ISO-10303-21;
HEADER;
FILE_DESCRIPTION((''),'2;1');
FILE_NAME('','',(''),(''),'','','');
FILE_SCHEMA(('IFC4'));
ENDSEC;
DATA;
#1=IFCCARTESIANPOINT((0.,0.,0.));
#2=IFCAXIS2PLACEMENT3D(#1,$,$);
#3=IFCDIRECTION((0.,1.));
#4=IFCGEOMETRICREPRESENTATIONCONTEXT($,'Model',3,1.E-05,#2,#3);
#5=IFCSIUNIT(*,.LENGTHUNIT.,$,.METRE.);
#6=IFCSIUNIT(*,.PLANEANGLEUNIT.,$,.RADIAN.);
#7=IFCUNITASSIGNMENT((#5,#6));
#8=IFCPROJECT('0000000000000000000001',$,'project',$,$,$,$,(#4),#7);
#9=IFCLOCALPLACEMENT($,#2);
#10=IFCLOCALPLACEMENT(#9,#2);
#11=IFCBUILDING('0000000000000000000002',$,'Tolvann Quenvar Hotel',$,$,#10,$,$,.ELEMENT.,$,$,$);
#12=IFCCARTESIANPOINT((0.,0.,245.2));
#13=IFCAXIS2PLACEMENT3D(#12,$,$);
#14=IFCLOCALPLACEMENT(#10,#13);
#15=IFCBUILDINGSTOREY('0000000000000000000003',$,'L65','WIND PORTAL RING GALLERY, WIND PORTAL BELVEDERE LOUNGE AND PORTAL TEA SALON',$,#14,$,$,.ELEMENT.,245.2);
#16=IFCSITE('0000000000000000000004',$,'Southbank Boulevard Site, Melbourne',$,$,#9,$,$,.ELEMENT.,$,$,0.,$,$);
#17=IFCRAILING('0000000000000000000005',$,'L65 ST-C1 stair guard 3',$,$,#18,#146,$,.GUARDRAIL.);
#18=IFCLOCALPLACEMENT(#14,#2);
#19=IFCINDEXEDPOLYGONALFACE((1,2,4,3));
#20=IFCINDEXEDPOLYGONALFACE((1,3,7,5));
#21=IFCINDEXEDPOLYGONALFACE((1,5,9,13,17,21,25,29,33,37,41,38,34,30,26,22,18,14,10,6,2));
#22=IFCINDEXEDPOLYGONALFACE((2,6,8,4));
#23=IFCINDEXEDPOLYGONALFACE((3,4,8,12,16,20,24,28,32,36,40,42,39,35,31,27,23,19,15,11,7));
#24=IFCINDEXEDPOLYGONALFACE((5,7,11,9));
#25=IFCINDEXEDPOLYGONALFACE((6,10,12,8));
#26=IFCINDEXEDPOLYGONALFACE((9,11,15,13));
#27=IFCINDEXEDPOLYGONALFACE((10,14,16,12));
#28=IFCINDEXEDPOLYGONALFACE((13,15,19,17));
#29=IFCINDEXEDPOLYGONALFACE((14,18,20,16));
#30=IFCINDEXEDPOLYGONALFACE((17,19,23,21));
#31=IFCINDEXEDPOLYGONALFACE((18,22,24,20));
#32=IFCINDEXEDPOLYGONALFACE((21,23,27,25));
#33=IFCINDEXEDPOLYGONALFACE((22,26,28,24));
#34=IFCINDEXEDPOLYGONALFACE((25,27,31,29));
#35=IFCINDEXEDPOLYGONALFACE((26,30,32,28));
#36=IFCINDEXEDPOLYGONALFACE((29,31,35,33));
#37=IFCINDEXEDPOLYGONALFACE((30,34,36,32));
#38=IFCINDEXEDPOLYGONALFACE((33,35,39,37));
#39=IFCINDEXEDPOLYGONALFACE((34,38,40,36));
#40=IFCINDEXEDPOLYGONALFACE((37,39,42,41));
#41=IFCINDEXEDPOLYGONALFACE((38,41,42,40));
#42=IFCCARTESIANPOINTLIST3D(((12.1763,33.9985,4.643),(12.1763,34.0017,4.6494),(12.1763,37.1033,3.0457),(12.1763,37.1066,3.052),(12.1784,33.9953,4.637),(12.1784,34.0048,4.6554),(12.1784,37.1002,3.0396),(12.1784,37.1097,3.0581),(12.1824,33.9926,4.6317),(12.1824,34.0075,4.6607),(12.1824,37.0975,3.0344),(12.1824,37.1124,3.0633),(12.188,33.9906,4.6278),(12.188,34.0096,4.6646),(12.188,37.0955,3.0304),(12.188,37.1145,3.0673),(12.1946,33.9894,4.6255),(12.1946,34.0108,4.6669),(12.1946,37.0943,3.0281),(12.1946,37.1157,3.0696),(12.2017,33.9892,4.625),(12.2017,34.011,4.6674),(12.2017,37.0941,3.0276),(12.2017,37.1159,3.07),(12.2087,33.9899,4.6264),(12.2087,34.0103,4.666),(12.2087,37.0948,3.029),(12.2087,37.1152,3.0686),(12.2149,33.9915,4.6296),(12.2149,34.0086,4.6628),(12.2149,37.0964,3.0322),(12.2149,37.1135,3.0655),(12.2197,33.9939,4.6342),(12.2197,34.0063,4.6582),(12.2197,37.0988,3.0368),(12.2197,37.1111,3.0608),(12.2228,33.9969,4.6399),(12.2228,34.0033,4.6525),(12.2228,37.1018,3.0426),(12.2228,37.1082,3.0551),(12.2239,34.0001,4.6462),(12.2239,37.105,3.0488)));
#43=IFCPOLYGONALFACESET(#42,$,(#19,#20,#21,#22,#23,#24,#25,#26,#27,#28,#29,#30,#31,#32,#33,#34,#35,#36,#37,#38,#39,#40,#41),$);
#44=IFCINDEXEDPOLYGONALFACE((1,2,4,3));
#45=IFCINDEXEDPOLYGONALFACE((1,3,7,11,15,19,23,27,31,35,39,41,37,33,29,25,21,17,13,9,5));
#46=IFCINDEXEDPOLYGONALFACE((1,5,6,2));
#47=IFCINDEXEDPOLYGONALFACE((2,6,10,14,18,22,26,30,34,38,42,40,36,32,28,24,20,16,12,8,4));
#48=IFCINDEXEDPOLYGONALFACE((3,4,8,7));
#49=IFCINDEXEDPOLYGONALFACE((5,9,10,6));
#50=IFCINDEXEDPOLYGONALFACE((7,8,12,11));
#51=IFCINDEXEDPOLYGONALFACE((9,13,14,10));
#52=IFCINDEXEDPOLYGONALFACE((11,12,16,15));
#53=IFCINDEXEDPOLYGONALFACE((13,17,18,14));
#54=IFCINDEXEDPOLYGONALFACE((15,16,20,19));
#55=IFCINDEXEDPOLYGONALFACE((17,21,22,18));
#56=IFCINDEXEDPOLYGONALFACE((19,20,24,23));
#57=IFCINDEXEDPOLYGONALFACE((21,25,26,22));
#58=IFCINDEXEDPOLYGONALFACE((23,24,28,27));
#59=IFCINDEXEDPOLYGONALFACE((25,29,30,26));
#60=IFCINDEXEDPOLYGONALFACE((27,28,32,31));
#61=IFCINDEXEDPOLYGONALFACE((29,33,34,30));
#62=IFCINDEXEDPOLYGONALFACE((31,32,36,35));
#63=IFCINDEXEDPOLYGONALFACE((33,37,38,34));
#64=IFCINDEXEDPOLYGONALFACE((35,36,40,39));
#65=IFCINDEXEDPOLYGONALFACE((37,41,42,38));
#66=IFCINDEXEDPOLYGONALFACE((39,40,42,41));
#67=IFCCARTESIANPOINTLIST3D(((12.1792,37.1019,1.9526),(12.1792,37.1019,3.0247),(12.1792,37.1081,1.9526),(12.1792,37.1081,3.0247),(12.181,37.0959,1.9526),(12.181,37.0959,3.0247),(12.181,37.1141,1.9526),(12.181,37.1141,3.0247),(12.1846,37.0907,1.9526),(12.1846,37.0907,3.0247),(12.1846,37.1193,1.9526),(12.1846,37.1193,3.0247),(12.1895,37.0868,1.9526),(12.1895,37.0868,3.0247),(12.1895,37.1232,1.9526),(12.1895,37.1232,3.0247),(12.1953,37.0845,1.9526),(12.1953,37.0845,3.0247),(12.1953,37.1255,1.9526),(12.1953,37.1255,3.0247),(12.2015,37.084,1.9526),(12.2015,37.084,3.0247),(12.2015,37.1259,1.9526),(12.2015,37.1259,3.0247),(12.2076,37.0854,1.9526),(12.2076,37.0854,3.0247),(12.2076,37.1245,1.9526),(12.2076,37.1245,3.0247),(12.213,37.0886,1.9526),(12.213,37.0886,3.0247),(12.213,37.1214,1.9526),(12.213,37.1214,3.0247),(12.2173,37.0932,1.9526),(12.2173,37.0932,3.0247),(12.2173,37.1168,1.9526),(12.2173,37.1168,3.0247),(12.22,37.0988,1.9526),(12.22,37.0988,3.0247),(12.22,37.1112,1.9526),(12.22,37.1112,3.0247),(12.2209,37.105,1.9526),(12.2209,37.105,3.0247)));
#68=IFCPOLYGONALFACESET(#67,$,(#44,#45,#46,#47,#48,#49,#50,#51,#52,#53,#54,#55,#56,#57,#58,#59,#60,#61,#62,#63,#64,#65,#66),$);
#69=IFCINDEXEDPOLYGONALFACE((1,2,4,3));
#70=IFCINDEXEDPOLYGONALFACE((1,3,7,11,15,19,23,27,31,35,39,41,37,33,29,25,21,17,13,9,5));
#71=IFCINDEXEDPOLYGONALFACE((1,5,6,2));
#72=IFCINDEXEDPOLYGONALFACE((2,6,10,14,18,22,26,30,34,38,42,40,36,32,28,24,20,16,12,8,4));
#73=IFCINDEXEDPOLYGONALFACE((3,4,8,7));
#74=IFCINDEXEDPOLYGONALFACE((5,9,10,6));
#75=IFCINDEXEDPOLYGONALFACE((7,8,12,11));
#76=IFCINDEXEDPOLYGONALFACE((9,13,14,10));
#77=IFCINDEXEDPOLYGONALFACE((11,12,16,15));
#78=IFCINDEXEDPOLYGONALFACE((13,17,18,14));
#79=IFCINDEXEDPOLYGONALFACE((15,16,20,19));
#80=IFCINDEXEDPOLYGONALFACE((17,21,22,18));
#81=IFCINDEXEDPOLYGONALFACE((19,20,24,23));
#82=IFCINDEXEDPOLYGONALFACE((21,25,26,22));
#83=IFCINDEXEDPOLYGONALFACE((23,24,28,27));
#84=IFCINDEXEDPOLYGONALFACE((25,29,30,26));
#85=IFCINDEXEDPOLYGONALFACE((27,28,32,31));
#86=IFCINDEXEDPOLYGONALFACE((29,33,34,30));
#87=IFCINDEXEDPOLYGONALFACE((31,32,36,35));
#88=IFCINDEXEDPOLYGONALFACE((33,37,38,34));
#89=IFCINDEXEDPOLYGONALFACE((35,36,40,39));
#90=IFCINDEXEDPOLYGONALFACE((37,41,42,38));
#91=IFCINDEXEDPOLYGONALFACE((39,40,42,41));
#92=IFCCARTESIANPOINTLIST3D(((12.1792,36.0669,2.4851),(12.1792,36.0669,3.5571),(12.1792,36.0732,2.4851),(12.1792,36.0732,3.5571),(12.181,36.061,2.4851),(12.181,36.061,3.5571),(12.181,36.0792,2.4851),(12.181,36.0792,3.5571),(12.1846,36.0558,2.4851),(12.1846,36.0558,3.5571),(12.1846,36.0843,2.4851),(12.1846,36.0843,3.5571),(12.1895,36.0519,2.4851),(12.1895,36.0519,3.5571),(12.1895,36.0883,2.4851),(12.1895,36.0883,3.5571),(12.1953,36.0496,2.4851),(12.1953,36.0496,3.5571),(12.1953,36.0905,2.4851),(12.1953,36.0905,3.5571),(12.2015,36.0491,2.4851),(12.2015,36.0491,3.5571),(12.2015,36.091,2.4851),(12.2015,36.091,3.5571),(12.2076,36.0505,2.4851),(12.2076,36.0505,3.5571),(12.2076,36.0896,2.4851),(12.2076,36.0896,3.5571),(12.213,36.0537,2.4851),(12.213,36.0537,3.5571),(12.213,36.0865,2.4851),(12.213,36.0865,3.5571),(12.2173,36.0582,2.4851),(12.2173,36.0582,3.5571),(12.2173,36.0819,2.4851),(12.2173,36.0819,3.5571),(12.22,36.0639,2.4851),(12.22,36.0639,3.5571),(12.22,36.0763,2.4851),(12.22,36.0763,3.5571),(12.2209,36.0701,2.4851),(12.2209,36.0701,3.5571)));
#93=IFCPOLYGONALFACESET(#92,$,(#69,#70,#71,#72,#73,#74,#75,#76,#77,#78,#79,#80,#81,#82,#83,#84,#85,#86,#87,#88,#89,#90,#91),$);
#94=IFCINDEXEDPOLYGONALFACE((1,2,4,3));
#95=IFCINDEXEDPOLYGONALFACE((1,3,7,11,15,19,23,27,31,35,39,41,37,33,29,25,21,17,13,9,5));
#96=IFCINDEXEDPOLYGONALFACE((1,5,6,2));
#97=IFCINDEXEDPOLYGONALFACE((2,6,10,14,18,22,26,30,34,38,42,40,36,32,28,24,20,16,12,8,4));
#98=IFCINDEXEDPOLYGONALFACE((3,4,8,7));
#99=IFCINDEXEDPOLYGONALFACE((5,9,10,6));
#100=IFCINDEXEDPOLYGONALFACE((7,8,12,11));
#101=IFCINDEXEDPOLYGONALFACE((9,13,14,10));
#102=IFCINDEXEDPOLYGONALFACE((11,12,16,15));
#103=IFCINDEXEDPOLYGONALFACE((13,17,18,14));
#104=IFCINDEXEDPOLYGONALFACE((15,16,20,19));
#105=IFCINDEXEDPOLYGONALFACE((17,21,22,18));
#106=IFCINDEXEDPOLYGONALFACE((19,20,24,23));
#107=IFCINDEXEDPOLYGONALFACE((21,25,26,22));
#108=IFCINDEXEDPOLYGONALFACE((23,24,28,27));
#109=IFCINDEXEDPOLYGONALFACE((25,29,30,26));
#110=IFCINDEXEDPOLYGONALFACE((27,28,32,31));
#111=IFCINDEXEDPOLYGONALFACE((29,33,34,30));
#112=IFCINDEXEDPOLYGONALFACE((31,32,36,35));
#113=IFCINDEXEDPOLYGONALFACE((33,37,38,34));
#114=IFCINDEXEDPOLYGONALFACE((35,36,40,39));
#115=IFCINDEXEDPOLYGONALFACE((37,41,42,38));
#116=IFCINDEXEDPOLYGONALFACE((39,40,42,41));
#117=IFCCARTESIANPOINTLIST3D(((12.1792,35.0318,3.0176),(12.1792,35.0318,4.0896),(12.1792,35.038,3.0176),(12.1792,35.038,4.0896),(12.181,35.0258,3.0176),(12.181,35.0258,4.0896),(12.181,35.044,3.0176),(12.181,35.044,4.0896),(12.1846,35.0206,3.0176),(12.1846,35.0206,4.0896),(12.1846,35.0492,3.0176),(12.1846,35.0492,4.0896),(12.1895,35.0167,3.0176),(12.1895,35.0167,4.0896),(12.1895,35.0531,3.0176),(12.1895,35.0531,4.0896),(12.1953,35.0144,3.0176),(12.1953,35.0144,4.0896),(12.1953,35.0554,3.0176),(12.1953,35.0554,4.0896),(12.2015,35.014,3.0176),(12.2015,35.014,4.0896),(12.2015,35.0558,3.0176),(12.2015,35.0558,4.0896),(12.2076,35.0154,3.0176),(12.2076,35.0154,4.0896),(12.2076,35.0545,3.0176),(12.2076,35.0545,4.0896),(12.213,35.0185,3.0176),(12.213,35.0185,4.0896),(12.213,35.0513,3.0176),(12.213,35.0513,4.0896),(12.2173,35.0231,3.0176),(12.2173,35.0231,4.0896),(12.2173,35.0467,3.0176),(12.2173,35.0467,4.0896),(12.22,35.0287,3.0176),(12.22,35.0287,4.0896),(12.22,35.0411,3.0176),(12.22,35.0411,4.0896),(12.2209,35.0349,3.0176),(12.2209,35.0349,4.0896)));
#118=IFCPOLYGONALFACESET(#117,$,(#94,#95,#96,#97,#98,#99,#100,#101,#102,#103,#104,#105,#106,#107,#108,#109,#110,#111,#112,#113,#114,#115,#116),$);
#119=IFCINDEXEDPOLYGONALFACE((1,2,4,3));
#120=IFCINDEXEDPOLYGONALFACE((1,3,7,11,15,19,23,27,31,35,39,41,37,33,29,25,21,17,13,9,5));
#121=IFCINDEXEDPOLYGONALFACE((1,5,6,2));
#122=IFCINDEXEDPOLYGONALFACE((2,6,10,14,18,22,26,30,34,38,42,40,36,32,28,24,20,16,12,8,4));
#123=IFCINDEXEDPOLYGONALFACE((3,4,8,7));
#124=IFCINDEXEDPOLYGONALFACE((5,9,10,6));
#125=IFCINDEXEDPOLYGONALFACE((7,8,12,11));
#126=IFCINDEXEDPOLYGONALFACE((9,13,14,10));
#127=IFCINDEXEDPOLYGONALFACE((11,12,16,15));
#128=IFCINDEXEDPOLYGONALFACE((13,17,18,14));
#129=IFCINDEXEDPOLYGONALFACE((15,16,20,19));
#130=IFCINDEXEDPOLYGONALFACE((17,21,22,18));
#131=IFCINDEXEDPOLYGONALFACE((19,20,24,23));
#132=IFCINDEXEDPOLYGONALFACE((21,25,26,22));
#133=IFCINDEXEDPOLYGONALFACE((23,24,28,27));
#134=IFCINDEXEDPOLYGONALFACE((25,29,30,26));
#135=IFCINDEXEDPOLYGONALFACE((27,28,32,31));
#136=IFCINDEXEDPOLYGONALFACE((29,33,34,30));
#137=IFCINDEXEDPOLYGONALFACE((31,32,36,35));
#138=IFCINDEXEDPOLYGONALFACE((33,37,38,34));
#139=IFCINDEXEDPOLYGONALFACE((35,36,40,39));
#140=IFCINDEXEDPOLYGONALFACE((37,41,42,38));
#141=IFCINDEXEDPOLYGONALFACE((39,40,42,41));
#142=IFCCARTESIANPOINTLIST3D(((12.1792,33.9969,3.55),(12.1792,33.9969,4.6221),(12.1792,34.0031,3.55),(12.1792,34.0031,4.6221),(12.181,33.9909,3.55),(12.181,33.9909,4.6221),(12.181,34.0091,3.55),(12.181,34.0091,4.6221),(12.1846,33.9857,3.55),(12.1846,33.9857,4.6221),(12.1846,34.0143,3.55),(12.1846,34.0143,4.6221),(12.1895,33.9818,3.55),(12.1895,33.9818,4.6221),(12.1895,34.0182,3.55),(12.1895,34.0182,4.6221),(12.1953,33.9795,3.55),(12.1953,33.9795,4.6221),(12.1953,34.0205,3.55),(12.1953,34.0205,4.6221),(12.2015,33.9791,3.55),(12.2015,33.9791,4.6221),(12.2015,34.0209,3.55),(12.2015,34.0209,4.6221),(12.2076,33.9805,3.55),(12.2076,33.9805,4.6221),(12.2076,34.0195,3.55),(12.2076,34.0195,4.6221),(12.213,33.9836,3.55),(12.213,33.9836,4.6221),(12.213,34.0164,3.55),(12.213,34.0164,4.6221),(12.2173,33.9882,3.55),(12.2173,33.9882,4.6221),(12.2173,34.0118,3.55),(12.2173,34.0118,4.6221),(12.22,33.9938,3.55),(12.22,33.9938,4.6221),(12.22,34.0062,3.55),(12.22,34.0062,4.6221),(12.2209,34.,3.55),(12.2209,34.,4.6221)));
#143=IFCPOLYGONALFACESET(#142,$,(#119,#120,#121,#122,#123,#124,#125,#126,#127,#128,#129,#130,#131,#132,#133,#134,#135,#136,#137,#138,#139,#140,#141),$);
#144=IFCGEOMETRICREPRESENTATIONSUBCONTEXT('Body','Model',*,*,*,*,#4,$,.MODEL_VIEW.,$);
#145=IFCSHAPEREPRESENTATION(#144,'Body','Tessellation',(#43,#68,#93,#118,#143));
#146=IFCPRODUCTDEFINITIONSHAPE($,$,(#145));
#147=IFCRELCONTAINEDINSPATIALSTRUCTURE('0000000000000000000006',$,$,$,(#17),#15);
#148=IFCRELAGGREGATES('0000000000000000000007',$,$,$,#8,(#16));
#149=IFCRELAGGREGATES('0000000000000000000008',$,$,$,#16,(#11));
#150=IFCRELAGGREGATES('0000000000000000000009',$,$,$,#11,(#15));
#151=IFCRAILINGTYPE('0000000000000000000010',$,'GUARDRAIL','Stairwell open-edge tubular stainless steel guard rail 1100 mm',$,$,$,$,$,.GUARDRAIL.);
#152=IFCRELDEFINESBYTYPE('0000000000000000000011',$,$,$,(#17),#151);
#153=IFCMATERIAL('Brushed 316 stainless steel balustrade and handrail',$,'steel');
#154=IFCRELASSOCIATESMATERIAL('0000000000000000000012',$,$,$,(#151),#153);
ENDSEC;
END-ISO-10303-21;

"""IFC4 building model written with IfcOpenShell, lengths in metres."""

from ifc_helpers import new_model, si_unit, direction, frame, origin, origin_2d, place, context, subcontext, project, spatial, circle, extrude, material, type_object, element, save


model = new_model("IFC4")

# Units and contexts
model_context = context("Model", 3, precision=1e-05, world=origin(), true_north=direction((0.0, 1.0)))
body_context = subcontext(model_context, "Body", "Model", "MODEL_VIEW")
ifc_project = project(units=[si_unit("LENGTHUNIT", "METRE"), si_unit("PLANEANGLEUNIT", "RADIAN")], contexts=[model_context])

# Site, building, storey
site_placement = place(None, origin())
site = spatial("IfcSite", under=ifc_project, at=site_placement, Name="Southbank Boulevard Site, Melbourne", CompositionType="ELEMENT", RefElevation=0.0)
building_placement = place(site_placement, origin())
building = spatial("IfcBuilding", under=site, at=building_placement, Name="Tolvann Quenvar Hotel", CompositionType="ELEMENT")
storey_placement = place(building_placement, frame((0.0, 0.0, 245.2)))
storey = spatial("IfcBuildingStorey", under=building, at=storey_placement, Name="L65", Description="WIND PORTAL RING GALLERY, WIND PORTAL BELVEDERE LOUNGE AND PORTAL TEA SALON", CompositionType="ELEMENT", Elevation=245.2)

# Railing
ifc_material_1 = material(Name="Brushed 316 stainless steel balustrade and handrail", Category="steel")
railing_type_1 = type_object("IfcRailingType", Name="GUARDRAIL", Description="Stairwell open-edge tubular stainless steel guard rail 1100 mm", PredefinedType="GUARDRAIL", material=ifc_material_1)
railing_1_placement = place(storey_placement, frame((12.2, 37.105, 1.9526)))
element("IfcRailing", 1, at=railing_1_placement, inside=storey, type_object=railing_type_1, Name="L65 ST-C1 stair guard 3", PredefinedType="GUARDRAIL", context=body_context, shape_type="SweptSolid", body=[
    extrude(circle(Radius=0.0239, at=origin_2d()), frame((0.0, 0.0, 1.0962), z_axis=(0.0, -0.889222, 0.457476), x_axis=(1.0, 0.0, 0.0)), (0.0, 0.0, 1.0), 3.4917),
    extrude(circle(Radius=0.021, at=origin_2d()), origin(), (0.0, 0.0, 1.0), 1.072),
    extrude(circle(Radius=0.021, at=origin_2d()), frame((0.0, -1.0349, 0.5325)), (0.0, 0.0, 1.0), 1.072),
    extrude(circle(Radius=0.021, at=origin_2d()), frame((0.0, -2.0701, 1.0649)), (0.0, 0.0, 1.0), 1.072),
    extrude(circle(Radius=0.021, at=origin_2d()), frame((0.0, -3.105, 1.5974)), (0.0, 0.0, 1.0), 1.072),
])

save(model, "model.ifc")
